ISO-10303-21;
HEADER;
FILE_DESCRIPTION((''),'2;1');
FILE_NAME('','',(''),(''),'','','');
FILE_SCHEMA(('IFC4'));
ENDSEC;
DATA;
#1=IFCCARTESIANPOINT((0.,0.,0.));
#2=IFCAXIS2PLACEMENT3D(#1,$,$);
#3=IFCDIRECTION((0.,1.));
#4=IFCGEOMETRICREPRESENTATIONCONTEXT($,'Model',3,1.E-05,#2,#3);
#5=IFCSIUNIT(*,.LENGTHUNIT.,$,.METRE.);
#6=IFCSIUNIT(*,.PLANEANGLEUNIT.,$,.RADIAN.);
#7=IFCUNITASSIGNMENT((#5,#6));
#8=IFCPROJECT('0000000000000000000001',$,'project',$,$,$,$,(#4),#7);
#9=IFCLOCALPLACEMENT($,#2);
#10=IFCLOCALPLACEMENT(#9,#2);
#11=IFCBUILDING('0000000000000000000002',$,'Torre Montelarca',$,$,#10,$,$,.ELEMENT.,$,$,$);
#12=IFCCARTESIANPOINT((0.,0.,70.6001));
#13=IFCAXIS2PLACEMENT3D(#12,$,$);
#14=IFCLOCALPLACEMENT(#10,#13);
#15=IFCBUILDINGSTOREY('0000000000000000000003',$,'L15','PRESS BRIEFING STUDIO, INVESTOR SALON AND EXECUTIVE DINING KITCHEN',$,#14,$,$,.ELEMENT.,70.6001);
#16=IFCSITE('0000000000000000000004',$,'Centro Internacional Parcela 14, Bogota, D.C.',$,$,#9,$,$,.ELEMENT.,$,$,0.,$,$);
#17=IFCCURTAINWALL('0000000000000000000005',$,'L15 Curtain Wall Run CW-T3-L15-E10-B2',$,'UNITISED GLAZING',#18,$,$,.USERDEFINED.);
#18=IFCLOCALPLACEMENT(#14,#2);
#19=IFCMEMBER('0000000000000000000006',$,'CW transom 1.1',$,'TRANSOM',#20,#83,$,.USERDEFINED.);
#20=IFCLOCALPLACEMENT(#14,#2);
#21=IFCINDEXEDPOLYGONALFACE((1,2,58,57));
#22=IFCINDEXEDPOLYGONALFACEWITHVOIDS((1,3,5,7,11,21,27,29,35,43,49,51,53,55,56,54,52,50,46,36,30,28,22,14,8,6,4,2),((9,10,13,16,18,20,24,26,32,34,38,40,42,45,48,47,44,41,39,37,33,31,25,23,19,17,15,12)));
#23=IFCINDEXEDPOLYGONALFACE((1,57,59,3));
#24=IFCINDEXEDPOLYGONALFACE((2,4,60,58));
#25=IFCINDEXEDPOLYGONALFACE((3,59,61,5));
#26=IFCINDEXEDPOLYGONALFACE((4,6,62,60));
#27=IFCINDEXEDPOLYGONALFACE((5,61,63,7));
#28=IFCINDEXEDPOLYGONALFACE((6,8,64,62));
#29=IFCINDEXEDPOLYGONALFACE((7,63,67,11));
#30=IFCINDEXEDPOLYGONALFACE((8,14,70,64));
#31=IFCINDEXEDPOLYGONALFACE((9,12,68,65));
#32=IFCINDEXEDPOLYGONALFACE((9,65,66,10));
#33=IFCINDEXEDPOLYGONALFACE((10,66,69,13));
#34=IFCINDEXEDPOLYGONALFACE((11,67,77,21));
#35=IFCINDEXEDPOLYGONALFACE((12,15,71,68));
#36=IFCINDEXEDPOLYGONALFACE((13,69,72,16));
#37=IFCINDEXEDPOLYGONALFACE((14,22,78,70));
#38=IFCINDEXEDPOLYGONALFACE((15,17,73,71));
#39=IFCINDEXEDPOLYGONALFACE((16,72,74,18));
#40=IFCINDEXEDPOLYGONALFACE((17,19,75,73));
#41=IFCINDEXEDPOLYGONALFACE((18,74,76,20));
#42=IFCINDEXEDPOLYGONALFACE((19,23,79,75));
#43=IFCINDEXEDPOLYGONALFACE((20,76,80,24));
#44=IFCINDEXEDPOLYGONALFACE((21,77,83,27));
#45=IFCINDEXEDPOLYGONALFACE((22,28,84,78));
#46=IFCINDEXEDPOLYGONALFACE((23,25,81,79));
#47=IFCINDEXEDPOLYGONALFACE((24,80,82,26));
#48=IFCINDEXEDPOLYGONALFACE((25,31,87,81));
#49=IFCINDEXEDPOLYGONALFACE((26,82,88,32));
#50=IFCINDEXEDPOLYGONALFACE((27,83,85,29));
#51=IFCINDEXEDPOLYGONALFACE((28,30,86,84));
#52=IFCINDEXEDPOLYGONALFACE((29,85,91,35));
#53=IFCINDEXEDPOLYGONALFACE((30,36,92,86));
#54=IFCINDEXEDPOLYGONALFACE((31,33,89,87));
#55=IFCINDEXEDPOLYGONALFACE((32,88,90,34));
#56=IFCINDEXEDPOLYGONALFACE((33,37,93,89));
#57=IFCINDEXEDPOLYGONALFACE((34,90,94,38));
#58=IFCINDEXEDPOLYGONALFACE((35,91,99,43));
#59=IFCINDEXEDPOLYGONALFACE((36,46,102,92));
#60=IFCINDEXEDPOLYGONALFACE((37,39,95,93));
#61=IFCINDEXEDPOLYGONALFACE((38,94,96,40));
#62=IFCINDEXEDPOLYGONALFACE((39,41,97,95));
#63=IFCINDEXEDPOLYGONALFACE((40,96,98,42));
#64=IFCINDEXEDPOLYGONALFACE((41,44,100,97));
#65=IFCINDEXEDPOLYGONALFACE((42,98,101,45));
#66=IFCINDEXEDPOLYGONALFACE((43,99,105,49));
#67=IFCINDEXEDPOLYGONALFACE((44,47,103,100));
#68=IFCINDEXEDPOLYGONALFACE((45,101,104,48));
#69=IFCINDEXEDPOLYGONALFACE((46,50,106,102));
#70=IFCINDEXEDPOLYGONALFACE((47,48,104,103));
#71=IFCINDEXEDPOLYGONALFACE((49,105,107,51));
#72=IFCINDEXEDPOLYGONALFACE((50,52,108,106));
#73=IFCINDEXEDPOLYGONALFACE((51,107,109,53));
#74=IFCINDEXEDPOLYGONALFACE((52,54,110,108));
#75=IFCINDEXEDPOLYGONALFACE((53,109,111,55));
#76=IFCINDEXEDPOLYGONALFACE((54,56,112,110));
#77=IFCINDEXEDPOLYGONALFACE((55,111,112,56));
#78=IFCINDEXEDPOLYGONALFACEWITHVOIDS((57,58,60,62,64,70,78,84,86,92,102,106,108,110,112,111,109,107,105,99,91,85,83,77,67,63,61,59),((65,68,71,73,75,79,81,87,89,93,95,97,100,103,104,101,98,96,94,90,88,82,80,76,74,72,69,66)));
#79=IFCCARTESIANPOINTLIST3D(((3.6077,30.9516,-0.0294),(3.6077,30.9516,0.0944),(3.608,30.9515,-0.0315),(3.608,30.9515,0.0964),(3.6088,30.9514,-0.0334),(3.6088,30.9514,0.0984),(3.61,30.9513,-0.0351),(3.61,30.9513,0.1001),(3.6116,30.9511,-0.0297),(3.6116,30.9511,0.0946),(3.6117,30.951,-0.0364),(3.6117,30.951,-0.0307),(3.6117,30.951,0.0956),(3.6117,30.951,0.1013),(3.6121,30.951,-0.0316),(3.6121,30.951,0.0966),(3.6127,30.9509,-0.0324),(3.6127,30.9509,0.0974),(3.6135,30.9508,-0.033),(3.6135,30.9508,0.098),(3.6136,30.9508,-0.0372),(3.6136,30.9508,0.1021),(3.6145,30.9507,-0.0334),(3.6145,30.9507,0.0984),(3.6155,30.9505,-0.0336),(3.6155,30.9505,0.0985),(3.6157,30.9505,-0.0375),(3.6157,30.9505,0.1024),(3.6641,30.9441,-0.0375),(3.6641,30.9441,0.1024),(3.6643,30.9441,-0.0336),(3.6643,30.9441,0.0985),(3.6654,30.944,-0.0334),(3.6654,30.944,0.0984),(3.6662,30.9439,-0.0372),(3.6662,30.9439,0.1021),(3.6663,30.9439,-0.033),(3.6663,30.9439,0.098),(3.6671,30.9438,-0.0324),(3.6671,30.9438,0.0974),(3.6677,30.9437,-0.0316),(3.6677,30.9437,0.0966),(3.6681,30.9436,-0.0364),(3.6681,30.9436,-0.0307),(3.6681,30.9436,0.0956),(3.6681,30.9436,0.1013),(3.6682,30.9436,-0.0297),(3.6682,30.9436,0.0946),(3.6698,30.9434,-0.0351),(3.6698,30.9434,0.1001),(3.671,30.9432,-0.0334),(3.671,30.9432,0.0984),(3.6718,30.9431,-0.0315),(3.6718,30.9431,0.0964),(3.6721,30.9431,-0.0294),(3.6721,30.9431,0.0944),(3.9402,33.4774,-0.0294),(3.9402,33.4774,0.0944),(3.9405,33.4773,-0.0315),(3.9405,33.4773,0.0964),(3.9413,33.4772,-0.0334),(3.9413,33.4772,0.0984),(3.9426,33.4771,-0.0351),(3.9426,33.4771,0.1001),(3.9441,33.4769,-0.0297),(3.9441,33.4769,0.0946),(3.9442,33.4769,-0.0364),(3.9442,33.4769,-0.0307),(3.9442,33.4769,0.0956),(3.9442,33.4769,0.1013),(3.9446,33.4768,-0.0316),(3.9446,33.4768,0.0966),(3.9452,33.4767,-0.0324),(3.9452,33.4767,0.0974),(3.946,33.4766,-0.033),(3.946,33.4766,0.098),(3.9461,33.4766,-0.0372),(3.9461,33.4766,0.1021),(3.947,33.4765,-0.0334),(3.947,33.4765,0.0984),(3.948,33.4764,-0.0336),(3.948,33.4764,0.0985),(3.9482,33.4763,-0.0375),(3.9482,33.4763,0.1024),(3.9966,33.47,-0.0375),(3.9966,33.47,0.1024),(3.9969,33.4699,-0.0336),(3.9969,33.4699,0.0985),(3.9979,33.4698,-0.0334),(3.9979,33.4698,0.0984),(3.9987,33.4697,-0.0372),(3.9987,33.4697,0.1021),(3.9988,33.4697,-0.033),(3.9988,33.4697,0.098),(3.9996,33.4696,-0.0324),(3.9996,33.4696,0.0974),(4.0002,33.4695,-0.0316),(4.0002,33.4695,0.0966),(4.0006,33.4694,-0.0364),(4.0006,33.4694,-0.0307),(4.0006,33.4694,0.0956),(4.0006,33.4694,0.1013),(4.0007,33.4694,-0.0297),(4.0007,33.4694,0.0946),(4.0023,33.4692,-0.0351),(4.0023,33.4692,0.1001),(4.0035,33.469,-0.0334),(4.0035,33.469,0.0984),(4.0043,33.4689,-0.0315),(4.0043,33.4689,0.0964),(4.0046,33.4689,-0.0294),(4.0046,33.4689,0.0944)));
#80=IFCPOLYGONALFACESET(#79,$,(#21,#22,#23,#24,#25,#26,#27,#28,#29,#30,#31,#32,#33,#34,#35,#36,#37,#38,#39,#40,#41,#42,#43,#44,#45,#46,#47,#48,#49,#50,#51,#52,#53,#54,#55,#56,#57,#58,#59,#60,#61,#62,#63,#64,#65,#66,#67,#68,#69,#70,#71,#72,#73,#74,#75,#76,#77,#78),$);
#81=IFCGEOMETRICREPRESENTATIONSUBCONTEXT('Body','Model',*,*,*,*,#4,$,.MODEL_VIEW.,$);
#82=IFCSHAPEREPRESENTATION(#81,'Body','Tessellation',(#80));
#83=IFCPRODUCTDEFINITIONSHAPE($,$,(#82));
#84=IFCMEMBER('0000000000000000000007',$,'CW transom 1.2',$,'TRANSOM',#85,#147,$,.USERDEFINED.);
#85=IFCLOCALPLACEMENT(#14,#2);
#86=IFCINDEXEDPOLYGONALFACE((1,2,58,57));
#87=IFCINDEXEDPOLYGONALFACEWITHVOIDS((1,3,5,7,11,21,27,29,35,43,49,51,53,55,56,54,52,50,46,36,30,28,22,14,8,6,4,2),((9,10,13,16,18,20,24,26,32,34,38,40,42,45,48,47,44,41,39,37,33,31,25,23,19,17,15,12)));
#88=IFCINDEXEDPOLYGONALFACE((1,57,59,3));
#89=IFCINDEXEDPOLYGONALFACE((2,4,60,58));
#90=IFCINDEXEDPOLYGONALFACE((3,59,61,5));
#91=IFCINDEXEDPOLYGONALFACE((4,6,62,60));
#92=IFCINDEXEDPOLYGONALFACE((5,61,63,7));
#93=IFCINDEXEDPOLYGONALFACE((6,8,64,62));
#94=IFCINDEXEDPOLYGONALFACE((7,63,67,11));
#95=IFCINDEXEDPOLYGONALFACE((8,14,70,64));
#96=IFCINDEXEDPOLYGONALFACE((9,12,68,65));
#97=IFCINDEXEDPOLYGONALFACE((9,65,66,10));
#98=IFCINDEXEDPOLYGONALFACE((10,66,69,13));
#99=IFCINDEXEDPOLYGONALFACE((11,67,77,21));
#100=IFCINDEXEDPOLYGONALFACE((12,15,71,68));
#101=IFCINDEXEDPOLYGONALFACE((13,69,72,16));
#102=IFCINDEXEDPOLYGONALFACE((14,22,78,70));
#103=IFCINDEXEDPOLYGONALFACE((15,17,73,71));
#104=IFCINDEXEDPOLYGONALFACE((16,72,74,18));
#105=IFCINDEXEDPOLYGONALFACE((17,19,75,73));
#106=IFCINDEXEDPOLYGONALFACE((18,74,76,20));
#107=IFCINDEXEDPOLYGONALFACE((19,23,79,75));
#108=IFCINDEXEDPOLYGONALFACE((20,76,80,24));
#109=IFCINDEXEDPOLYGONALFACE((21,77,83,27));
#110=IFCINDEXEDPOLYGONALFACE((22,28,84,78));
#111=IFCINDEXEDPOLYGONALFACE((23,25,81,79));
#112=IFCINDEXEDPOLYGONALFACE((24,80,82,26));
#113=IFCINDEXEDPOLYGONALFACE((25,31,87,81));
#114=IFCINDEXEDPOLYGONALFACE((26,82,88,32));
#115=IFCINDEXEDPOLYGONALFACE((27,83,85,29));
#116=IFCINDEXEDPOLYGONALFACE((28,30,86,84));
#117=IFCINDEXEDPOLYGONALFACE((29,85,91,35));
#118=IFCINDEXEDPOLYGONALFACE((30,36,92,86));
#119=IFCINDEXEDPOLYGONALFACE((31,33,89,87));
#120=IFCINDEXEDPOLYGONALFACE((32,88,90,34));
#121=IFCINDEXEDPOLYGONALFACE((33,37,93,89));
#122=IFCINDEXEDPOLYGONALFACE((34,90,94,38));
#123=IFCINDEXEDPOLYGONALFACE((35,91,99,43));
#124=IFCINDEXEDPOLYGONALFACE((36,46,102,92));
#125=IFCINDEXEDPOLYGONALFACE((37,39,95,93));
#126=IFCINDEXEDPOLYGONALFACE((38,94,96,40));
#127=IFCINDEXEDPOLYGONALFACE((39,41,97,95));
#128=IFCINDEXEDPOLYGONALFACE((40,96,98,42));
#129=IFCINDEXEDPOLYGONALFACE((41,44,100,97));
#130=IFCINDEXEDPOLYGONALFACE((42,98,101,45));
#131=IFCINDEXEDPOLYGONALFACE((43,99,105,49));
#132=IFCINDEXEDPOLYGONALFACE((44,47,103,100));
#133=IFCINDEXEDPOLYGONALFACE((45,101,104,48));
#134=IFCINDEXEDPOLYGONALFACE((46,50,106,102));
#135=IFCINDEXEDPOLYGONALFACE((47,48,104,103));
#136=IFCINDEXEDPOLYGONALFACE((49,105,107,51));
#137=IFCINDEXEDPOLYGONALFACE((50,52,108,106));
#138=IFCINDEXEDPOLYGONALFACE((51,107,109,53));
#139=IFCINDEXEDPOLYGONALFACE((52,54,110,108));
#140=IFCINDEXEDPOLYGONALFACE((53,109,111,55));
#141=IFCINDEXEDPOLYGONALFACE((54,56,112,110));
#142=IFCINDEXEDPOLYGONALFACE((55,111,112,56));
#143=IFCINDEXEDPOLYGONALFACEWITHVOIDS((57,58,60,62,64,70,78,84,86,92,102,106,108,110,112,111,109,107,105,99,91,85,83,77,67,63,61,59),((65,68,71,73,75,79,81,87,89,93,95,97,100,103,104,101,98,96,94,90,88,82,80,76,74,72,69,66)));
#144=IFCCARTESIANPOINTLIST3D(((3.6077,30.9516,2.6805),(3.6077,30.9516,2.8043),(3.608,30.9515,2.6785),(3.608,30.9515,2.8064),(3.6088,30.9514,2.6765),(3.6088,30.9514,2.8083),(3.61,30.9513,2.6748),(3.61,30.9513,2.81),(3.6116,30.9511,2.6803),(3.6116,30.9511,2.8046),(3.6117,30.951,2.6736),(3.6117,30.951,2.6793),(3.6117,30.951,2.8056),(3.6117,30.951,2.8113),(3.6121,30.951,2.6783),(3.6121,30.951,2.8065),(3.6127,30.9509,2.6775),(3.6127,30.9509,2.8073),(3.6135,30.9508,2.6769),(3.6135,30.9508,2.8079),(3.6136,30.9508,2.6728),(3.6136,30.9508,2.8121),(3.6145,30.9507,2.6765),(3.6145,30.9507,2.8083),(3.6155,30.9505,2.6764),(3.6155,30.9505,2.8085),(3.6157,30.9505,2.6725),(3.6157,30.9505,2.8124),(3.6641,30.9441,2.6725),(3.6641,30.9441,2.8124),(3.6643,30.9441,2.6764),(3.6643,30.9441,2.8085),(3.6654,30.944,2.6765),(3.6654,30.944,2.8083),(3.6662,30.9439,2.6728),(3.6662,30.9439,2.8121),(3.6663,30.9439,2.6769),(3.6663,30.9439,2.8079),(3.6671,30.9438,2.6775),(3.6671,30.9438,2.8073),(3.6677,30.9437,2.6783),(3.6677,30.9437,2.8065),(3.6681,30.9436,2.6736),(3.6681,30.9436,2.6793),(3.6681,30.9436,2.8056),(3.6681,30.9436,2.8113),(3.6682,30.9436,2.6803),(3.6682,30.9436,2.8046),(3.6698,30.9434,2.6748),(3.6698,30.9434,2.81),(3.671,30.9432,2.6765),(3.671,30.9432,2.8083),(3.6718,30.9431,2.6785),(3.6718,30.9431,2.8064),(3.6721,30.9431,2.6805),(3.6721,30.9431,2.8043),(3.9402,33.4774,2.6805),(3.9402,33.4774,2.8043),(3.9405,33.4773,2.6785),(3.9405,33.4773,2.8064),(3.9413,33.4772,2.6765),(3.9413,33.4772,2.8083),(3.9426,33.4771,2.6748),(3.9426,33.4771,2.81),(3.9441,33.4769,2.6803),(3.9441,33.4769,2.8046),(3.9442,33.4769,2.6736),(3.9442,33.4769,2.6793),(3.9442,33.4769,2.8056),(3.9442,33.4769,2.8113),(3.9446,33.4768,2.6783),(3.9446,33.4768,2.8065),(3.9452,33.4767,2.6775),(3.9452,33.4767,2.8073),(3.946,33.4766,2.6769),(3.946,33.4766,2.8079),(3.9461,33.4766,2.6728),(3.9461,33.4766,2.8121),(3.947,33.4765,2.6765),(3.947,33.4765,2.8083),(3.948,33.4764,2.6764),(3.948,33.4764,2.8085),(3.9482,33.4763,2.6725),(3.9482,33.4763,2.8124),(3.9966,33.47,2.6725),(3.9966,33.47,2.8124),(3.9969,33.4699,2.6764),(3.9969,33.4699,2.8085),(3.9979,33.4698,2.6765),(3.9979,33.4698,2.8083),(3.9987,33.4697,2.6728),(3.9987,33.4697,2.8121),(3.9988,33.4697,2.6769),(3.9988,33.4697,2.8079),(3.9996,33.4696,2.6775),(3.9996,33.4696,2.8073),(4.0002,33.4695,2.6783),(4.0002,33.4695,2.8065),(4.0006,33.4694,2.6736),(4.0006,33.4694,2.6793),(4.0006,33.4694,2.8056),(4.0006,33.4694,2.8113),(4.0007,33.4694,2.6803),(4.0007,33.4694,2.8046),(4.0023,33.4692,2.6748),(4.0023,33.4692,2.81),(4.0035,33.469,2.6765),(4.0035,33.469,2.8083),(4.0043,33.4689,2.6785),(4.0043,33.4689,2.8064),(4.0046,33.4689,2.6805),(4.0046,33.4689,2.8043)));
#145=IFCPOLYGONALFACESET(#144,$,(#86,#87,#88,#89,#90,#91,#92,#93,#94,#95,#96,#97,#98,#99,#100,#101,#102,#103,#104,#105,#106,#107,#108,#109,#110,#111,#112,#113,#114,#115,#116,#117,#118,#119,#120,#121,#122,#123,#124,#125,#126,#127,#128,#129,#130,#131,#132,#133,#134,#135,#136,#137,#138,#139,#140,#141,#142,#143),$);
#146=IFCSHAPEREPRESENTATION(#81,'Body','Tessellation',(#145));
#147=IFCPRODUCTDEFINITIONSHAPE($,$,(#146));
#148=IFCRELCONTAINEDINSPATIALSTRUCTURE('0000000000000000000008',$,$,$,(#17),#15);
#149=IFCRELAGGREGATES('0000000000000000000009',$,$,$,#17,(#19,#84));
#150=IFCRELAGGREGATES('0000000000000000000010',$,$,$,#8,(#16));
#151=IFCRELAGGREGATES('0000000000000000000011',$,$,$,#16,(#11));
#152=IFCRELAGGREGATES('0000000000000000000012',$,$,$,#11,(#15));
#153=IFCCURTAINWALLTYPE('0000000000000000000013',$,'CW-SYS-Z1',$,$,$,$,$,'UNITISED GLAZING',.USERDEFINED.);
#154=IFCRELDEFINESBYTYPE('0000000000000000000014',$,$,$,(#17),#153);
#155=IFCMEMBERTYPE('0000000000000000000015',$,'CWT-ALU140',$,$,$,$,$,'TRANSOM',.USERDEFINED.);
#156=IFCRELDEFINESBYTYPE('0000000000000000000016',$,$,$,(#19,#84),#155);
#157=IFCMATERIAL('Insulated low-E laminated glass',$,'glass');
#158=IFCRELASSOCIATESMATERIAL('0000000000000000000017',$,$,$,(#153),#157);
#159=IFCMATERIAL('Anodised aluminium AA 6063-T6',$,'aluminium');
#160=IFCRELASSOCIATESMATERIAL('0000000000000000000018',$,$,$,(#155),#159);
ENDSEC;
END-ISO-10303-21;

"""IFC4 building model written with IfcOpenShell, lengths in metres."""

from ifc_helpers import new_model, si_unit, direction, frame, origin, origin_2d, place, context, subcontext, project, spatial, hollow_rectangle, extrude, source, transform, mapped, material, material_profile, profile_set, type_object, element, aggregate, save


model = new_model("IFC4")

# Units and contexts
model_context = context("Model", 3, precision=1e-05, world=origin(), true_north=direction((0.0, 1.0)))
body_context = subcontext(model_context, "Body", "Model", "MODEL_VIEW")
ifc_project = project(units=[si_unit("LENGTHUNIT", "METRE"), si_unit("PLANEANGLEUNIT", "RADIAN")], contexts=[model_context])

# Site, building, storey
site_placement = place(None, origin())
site = spatial("IfcSite", under=ifc_project, at=site_placement, Name="Centro Internacional Parcela 14, Bogota, D.C.", CompositionType="ELEMENT", RefElevation=0.0)
building_placement = place(site_placement, origin())
building = spatial("IfcBuilding", under=site, at=building_placement, Name="Torre Montelarca", CompositionType="ELEMENT")
storey_placement = place(building_placement, frame((0.0, 0.0, 70.6001)))
storey = spatial("IfcBuildingStorey", under=building, at=storey_placement, Name="L15", Description="PRESS BRIEFING STUDIO, INVESTOR SALON AND EXECUTIVE DINING KITCHEN", CompositionType="ELEMENT", Elevation=70.6001)

# Curtain wall, members
ifc_material_1 = material(Name="Insulated low-E laminated glass", Category="glass")
curtain_wall_type = type_object("IfcCurtainWallType", Name="CW-SYS-Z1", ElementType="UNITISED GLAZING", PredefinedType="USERDEFINED", material=ifc_material_1)
ifc_material_2 = material(Name="Anodised aluminium AA 6063-T6", Category="aluminium")
ifc_material_profile_1 = material_profile(ifc_material_2, hollow_rectangle(XDim=0.0649, YDim=0.1399, WallThickness=0.0039, InnerFilletRadius=0.0039, OuterFilletRadius=0.0081, at=origin_2d()), Name="ALU65X140X4", Category="aluminium")
ifc_profile_set_1 = profile_set([ifc_material_profile_1], Name="Anodised aluminium AA 6063-T6")
member_type_1 = type_object("IfcMemberType", Name="CWT-ALU140", ElementType="TRANSOM", PredefinedType="USERDEFINED", material=ifc_profile_set_1)
curtain_wall_1_placement = place(storey_placement, origin())
curtain_wall_1 = element("IfcCurtainWall", 1, at=curtain_wall_1_placement, inside=storey, type_object=curtain_wall_type, Name="L15 Curtain Wall Run CW-T3-L15-E10-B2", ObjectType="UNITISED GLAZING", PredefinedType="USERDEFINED")
shared_shape_1 = source(origin(), body_context, "Body", "SweptSolid", [
    extrude(hollow_rectangle(XDim=0.0649, YDim=0.1399, WallThickness=0.0039, InnerFilletRadius=0.0039, OuterFilletRadius=0.0081, at=origin_2d()), origin(), (0.0, 0.0, 1.0), 2.5476),
])
member_1_placement = place(storey_placement, frame((3.9724, 33.4731, 0.0325), z_axis=(-0.130519, -0.991446, 0.0), x_axis=(0.991446, -0.130519, 0.0)))
member_1 = element("IfcMember", 2, at=member_1_placement, type_object=member_type_1, Name="CW transom 1.1", ObjectType="TRANSOM", PredefinedType="USERDEFINED", context=body_context, shape_type="MappedRepresentation", body=[
    mapped(shared_shape_1, transform((0.0, 0.0, 0.0), scale=1.0)),
])
member_2_placement = place(storey_placement, frame((3.9724, 33.4731, 2.7424), z_axis=(-0.130519, -0.991446, 0.0), x_axis=(0.991446, -0.130519, 0.0)))
member_2 = element("IfcMember", 3, at=member_2_placement, type_object=member_type_1, Name="CW transom 1.2", ObjectType="TRANSOM", PredefinedType="USERDEFINED", context=body_context, shape_type="MappedRepresentation", body=[
    mapped(shared_shape_1, transform((0.0, 0.0, 0.0), scale=1.0)),
])

aggregate(curtain_wall_1, [member_1, member_2])

save(model, "model.ifc")
